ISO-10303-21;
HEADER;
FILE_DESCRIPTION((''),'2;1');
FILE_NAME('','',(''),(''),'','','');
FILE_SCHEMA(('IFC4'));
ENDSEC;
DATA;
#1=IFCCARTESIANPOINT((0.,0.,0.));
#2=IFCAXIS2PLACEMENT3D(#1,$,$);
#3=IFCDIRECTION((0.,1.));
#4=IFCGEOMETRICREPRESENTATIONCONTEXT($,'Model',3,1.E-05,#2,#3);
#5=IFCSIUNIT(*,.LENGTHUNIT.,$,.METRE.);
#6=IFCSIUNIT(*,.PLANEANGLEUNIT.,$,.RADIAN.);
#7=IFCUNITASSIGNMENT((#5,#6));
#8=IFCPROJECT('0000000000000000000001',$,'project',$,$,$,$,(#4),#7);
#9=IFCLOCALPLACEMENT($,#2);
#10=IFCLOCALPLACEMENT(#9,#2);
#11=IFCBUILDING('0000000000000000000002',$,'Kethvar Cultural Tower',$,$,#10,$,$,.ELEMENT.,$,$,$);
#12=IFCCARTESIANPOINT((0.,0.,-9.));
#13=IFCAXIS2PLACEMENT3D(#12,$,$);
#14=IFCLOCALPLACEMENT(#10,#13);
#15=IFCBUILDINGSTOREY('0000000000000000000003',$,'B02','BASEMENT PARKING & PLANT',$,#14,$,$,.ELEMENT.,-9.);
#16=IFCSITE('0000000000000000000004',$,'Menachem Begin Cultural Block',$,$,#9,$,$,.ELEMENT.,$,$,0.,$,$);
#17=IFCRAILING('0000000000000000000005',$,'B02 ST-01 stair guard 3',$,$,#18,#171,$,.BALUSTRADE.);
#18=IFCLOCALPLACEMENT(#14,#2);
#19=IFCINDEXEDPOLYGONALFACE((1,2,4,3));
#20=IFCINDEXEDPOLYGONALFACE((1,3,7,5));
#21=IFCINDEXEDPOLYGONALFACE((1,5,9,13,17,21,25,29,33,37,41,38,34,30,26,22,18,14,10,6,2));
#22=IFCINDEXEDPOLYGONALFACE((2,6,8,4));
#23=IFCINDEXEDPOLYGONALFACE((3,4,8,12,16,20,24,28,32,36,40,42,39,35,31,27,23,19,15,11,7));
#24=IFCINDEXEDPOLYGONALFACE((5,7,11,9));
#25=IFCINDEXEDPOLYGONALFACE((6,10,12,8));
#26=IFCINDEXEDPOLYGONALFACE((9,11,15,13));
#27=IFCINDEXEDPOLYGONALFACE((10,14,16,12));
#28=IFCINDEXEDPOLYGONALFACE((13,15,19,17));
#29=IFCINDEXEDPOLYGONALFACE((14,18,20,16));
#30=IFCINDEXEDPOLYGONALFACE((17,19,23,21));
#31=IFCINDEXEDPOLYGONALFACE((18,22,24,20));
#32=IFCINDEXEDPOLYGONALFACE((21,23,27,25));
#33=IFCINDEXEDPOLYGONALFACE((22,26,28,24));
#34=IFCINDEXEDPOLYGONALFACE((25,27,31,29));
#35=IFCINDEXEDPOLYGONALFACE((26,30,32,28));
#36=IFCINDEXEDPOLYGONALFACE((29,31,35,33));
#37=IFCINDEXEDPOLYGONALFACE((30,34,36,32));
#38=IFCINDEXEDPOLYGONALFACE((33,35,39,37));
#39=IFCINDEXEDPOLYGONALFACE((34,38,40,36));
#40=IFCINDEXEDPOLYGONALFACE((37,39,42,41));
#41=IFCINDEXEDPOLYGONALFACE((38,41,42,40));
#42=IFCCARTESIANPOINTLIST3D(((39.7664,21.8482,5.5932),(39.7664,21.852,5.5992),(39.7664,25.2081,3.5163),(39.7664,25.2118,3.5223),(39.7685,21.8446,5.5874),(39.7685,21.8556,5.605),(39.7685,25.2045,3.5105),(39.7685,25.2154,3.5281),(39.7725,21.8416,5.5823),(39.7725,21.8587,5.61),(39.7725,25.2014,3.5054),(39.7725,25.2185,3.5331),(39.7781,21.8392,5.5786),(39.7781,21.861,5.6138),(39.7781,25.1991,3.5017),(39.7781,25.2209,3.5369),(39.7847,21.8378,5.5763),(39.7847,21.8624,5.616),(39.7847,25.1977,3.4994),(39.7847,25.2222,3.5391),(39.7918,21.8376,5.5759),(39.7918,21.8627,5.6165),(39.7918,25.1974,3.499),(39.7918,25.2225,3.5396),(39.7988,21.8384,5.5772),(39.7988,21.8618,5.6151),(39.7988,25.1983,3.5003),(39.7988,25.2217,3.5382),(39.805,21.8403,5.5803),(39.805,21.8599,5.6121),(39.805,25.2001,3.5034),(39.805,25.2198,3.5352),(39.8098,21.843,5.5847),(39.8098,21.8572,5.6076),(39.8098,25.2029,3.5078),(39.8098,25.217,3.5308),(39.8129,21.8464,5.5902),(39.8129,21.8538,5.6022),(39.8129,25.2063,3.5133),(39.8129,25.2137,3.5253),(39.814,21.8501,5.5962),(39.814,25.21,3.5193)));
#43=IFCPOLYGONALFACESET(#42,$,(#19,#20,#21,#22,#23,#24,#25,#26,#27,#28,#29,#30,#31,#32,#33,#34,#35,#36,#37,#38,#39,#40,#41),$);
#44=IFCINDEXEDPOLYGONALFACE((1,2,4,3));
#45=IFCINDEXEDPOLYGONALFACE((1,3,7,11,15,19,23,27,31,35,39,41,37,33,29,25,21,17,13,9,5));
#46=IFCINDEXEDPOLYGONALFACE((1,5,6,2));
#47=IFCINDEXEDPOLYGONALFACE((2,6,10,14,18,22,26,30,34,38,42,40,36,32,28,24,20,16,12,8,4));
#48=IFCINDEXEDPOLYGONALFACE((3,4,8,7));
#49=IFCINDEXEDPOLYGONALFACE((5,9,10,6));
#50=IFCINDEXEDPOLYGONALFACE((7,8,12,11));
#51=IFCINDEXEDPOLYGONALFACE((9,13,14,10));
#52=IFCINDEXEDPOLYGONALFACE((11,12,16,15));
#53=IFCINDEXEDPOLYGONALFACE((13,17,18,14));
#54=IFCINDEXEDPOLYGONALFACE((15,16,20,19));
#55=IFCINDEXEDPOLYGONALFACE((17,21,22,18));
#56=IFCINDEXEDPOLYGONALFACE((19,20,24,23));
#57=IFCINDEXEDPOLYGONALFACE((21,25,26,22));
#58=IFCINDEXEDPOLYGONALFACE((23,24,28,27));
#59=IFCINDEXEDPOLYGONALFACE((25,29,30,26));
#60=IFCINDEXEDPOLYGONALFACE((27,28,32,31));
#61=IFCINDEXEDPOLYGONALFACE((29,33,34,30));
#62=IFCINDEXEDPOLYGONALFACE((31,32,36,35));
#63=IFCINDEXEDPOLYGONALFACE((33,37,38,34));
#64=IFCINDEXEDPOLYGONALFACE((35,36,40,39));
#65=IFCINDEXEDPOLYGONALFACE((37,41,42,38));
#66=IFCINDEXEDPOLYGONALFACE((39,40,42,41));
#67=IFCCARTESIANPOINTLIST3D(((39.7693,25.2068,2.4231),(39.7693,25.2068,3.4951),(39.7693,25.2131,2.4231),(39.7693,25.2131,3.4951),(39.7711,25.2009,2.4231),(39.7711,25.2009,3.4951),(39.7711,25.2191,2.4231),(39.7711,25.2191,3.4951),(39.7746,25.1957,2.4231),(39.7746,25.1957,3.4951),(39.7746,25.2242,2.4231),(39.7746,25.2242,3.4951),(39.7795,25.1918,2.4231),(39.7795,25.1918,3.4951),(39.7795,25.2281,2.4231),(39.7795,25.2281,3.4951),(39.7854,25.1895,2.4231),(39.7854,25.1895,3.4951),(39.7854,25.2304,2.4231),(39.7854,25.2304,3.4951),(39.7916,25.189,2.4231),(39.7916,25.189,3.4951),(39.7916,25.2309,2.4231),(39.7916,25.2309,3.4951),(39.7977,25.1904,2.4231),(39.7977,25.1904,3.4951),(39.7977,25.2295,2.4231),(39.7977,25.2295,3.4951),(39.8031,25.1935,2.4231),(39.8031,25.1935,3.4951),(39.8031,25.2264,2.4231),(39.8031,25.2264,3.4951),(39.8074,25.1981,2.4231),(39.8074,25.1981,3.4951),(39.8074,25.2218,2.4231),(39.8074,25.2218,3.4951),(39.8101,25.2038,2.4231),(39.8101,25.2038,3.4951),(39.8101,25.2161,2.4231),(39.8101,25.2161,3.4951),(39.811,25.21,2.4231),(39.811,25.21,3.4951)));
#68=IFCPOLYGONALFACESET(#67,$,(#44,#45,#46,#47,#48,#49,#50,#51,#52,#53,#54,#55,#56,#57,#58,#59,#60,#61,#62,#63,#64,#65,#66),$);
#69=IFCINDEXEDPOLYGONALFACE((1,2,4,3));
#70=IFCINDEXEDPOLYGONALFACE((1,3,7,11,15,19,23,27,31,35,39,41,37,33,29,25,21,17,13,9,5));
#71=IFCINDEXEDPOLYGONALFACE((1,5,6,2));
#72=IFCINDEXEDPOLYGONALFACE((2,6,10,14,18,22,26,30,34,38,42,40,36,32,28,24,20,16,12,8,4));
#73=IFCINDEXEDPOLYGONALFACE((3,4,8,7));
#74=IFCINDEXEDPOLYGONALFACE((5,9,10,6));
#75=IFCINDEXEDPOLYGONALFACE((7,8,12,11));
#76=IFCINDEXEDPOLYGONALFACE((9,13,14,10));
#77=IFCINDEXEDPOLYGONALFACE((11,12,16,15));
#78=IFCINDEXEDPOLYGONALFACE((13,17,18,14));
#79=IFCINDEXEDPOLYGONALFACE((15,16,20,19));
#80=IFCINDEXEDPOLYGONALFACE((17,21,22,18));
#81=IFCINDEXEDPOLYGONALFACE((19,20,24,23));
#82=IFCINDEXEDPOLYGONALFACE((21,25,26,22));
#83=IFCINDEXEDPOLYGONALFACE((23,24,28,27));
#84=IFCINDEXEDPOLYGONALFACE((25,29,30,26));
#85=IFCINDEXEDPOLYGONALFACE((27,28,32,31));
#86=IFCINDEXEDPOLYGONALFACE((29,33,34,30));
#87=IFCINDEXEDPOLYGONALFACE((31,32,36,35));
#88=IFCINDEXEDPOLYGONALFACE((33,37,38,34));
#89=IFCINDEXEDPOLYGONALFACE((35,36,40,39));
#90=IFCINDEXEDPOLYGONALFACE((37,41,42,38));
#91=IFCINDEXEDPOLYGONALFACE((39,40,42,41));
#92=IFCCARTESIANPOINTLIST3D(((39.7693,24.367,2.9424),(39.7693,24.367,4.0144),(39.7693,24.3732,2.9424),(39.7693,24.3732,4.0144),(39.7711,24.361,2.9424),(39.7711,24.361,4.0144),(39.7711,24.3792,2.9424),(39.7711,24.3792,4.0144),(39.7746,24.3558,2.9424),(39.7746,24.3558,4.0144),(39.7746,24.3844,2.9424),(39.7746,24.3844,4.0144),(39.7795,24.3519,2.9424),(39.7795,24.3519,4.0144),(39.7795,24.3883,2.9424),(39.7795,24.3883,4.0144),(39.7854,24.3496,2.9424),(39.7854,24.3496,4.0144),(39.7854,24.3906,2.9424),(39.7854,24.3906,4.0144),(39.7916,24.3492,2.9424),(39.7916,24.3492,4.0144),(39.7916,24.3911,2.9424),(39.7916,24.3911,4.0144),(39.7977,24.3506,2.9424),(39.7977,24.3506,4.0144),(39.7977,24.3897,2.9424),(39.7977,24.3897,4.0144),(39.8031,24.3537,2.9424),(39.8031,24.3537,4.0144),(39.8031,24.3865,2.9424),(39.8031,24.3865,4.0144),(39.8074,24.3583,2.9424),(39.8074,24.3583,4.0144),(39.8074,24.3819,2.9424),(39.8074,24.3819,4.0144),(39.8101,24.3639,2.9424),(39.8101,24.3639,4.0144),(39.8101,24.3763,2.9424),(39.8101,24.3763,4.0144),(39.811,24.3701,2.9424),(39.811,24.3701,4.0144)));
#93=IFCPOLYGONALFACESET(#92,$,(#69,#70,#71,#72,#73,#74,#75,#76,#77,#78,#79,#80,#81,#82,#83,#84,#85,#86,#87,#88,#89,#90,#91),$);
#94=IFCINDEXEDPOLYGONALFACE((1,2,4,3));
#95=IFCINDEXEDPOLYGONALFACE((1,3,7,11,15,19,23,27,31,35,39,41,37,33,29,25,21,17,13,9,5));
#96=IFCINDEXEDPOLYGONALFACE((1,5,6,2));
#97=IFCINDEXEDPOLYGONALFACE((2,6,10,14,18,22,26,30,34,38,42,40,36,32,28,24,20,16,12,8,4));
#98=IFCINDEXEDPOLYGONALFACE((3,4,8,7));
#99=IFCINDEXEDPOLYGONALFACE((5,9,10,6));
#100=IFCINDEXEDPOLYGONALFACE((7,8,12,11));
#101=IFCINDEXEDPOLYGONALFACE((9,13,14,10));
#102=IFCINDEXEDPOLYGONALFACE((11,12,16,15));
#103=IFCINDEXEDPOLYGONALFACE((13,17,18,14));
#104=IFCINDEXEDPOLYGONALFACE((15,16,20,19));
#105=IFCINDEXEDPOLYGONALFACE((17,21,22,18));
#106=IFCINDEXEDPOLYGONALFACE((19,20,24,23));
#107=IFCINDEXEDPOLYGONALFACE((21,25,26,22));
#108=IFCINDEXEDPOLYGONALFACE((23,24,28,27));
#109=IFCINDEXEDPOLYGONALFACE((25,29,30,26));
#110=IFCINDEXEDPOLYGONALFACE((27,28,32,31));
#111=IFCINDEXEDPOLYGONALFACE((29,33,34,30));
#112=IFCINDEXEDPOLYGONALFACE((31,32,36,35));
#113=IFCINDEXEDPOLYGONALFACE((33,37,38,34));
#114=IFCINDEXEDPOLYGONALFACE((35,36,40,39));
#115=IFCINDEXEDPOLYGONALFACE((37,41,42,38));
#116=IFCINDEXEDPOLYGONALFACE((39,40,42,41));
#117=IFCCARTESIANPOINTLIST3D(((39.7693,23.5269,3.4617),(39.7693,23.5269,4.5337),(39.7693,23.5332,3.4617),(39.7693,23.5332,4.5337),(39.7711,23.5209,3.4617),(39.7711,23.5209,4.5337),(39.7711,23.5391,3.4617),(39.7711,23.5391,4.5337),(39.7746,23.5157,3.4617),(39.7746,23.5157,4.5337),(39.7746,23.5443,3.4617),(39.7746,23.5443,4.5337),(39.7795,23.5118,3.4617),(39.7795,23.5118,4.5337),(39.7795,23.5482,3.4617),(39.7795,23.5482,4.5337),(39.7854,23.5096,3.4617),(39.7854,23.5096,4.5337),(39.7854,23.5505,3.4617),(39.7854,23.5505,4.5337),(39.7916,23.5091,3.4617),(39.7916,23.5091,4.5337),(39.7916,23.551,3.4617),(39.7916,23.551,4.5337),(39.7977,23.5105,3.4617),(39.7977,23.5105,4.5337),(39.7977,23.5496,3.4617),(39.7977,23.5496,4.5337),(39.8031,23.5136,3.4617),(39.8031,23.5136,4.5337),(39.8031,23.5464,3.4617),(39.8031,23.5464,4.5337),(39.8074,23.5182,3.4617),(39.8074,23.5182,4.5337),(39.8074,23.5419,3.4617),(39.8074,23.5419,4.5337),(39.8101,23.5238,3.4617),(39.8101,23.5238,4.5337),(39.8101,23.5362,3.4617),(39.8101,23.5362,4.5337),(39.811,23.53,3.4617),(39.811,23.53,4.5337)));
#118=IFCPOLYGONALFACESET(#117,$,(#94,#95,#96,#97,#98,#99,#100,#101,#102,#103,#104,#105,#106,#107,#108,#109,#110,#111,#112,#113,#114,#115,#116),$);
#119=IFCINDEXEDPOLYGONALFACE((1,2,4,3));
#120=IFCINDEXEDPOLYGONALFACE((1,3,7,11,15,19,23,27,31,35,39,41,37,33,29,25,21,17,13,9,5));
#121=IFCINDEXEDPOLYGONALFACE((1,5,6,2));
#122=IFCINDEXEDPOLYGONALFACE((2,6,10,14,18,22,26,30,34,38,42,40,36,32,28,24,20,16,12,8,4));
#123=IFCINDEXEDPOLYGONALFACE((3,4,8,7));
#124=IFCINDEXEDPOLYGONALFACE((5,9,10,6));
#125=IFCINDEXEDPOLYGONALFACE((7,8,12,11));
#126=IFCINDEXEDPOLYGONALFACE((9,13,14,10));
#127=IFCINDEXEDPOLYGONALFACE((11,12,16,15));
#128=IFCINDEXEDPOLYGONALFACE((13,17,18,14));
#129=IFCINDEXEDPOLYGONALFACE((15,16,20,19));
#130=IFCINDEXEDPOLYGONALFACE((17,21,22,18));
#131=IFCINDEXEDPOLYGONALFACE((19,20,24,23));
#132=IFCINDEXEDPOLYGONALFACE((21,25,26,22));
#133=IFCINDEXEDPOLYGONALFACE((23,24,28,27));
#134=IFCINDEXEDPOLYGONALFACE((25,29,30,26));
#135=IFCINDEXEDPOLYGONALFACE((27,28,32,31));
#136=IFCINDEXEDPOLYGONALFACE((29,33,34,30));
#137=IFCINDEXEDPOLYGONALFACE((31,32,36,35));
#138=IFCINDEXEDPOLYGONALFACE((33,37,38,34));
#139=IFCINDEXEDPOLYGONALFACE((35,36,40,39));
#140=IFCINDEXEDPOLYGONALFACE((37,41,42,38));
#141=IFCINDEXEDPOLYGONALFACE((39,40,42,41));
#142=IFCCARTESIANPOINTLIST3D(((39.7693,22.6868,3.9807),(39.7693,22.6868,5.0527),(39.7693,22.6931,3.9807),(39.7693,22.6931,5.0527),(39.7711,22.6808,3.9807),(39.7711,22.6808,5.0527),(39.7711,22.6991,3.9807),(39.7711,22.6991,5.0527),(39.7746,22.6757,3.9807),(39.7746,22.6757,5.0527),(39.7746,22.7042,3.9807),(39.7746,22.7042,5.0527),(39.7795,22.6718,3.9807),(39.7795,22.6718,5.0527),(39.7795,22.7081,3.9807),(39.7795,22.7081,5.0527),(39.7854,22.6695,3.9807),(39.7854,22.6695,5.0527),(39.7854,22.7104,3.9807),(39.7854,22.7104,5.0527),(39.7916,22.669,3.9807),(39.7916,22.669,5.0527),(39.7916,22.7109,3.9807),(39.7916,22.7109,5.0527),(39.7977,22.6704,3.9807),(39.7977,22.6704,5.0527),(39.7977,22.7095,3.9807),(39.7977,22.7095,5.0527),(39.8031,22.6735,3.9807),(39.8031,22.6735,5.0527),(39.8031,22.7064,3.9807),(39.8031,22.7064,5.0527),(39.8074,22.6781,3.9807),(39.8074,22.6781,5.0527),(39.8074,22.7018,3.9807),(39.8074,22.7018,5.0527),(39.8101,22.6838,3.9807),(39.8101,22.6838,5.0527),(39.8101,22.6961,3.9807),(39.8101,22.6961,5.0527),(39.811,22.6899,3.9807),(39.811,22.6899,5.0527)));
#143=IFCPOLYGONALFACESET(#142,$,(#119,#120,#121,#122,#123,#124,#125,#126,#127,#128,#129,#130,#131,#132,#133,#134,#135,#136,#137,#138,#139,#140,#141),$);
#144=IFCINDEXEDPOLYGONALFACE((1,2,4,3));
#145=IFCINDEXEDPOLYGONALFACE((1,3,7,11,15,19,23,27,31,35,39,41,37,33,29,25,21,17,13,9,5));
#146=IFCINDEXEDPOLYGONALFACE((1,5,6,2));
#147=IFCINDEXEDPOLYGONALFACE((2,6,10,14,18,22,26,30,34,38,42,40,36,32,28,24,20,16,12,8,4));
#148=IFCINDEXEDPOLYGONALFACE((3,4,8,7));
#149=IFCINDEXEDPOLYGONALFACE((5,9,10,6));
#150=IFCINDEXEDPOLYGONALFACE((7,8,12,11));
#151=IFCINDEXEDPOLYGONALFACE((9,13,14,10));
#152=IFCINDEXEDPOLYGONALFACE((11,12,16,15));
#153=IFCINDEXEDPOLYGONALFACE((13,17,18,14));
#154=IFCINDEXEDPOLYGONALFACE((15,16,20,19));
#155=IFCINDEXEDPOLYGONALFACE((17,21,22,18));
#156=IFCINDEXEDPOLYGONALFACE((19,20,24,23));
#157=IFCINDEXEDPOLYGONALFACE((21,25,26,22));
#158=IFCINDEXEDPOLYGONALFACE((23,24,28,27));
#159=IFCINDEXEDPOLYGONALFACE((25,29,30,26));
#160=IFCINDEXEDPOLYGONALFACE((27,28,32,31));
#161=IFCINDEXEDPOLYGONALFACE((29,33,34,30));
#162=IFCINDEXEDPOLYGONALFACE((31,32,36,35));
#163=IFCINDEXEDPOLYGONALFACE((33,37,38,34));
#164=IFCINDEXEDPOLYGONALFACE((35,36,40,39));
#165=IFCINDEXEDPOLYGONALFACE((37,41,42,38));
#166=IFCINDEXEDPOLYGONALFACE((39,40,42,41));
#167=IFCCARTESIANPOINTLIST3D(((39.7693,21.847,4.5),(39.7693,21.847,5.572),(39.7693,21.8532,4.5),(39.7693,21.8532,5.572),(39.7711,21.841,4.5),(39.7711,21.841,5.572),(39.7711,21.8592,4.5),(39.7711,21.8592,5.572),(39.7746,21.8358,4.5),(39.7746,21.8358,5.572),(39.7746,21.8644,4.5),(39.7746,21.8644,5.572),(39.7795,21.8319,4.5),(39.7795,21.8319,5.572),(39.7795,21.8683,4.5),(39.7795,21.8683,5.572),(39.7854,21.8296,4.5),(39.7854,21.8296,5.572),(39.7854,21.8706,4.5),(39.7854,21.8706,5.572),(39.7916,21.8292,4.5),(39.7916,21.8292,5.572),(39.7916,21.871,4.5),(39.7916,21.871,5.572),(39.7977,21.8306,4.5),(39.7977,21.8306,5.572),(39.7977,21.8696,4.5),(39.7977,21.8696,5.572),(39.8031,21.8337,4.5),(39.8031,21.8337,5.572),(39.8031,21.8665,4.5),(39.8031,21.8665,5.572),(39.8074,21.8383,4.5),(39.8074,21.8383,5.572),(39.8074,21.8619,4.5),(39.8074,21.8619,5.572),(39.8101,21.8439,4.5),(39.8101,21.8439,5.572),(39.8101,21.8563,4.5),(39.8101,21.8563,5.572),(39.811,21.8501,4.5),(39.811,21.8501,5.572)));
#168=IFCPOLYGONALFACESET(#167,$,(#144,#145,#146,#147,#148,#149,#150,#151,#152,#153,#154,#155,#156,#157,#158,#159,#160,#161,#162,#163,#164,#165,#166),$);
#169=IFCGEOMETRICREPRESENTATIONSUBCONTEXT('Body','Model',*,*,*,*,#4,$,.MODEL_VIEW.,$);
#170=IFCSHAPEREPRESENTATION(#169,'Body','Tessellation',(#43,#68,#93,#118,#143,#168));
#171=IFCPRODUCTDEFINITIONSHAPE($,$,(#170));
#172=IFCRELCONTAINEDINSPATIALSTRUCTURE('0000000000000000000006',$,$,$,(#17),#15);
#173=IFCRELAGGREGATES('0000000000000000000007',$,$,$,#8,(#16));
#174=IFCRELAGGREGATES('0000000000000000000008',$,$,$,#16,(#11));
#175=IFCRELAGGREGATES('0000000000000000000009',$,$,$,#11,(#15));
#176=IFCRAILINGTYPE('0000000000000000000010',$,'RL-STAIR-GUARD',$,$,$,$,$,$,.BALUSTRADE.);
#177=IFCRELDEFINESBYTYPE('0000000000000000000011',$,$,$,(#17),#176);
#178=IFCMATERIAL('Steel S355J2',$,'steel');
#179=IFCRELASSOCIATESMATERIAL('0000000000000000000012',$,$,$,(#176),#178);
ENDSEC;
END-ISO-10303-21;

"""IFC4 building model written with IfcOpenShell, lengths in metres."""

from ifc_helpers import new_model, si_unit, direction, frame, origin, origin_2d, place, context, subcontext, project, spatial, circle, extrude, material, type_object, element, save


model = new_model("IFC4")

# Units and contexts
model_context = context("Model", 3, precision=1e-05, world=origin(), true_north=direction((0.0, 1.0)))
body_context = subcontext(model_context, "Body", "Model", "MODEL_VIEW")
ifc_project = project(units=[si_unit("LENGTHUNIT", "METRE"), si_unit("PLANEANGLEUNIT", "RADIAN")], contexts=[model_context])

# Site, building, storey
site_placement = place(None, origin())
site = spatial("IfcSite", under=ifc_project, at=site_placement, Name="Menachem Begin Cultural Block", CompositionType="ELEMENT", RefElevation=0.0)
building_placement = place(site_placement, origin())
building = spatial("IfcBuilding", under=site, at=building_placement, Name="Kethvar Cultural Tower", CompositionType="ELEMENT")
storey_placement = place(building_placement, frame((0.0, 0.0, -9.0)))
storey = spatial("IfcBuildingStorey", under=building, at=storey_placement, Name="B02", Description="BASEMENT PARKING & PLANT", CompositionType="ELEMENT", Elevation=-9.0)

# Shared definitions
ifc_material_1 = material(Name="Steel S355J2", Category="steel")

# Railing
railing_type_1 = type_object("IfcRailingType", Name="RL-STAIR-GUARD", PredefinedType="BALUSTRADE", material=ifc_material_1)
railing_1_placement = place(storey_placement, frame((39.79, 25.21, 2.4231)))
element("IfcRailing", 1, at=railing_1_placement, inside=storey, type_object=railing_type_1, Name="B02 ST-01 stair guard 3", PredefinedType="BALUSTRADE", context=body_context, shape_type="SweptSolid", body=[
    extrude(circle(Radius=0.0239, at=origin_2d()), frame((0.0, 0.0, 1.0962), z_axis=(0.0, -0.850606, 0.525803), x_axis=(1.0, 0.0, 0.0)), (0.0, 0.0, 1.0), 3.95),
    extrude(circle(Radius=0.021, at=origin_2d()), origin(), (0.0, 0.0, 1.0), 1.072),
    extrude(circle(Radius=0.021, at=origin_2d()), frame((0.0, -0.8398, 0.5193)), (0.0, 0.0, 1.0), 1.072),
    extrude(circle(Radius=0.021, at=origin_2d()), frame((0.0, -1.6799, 1.0386)), (0.0, 0.0, 1.0), 1.072),
    extrude(circle(Radius=0.021, at=origin_2d()), frame((0.0, -2.52, 1.5576)), (0.0, 0.0, 1.0), 1.072),
    extrude(circle(Radius=0.021, at=origin_2d()), frame((0.0, -3.3599, 2.0769)), (0.0, 0.0, 1.0), 1.072),
])

save(model, "model.ifc")
